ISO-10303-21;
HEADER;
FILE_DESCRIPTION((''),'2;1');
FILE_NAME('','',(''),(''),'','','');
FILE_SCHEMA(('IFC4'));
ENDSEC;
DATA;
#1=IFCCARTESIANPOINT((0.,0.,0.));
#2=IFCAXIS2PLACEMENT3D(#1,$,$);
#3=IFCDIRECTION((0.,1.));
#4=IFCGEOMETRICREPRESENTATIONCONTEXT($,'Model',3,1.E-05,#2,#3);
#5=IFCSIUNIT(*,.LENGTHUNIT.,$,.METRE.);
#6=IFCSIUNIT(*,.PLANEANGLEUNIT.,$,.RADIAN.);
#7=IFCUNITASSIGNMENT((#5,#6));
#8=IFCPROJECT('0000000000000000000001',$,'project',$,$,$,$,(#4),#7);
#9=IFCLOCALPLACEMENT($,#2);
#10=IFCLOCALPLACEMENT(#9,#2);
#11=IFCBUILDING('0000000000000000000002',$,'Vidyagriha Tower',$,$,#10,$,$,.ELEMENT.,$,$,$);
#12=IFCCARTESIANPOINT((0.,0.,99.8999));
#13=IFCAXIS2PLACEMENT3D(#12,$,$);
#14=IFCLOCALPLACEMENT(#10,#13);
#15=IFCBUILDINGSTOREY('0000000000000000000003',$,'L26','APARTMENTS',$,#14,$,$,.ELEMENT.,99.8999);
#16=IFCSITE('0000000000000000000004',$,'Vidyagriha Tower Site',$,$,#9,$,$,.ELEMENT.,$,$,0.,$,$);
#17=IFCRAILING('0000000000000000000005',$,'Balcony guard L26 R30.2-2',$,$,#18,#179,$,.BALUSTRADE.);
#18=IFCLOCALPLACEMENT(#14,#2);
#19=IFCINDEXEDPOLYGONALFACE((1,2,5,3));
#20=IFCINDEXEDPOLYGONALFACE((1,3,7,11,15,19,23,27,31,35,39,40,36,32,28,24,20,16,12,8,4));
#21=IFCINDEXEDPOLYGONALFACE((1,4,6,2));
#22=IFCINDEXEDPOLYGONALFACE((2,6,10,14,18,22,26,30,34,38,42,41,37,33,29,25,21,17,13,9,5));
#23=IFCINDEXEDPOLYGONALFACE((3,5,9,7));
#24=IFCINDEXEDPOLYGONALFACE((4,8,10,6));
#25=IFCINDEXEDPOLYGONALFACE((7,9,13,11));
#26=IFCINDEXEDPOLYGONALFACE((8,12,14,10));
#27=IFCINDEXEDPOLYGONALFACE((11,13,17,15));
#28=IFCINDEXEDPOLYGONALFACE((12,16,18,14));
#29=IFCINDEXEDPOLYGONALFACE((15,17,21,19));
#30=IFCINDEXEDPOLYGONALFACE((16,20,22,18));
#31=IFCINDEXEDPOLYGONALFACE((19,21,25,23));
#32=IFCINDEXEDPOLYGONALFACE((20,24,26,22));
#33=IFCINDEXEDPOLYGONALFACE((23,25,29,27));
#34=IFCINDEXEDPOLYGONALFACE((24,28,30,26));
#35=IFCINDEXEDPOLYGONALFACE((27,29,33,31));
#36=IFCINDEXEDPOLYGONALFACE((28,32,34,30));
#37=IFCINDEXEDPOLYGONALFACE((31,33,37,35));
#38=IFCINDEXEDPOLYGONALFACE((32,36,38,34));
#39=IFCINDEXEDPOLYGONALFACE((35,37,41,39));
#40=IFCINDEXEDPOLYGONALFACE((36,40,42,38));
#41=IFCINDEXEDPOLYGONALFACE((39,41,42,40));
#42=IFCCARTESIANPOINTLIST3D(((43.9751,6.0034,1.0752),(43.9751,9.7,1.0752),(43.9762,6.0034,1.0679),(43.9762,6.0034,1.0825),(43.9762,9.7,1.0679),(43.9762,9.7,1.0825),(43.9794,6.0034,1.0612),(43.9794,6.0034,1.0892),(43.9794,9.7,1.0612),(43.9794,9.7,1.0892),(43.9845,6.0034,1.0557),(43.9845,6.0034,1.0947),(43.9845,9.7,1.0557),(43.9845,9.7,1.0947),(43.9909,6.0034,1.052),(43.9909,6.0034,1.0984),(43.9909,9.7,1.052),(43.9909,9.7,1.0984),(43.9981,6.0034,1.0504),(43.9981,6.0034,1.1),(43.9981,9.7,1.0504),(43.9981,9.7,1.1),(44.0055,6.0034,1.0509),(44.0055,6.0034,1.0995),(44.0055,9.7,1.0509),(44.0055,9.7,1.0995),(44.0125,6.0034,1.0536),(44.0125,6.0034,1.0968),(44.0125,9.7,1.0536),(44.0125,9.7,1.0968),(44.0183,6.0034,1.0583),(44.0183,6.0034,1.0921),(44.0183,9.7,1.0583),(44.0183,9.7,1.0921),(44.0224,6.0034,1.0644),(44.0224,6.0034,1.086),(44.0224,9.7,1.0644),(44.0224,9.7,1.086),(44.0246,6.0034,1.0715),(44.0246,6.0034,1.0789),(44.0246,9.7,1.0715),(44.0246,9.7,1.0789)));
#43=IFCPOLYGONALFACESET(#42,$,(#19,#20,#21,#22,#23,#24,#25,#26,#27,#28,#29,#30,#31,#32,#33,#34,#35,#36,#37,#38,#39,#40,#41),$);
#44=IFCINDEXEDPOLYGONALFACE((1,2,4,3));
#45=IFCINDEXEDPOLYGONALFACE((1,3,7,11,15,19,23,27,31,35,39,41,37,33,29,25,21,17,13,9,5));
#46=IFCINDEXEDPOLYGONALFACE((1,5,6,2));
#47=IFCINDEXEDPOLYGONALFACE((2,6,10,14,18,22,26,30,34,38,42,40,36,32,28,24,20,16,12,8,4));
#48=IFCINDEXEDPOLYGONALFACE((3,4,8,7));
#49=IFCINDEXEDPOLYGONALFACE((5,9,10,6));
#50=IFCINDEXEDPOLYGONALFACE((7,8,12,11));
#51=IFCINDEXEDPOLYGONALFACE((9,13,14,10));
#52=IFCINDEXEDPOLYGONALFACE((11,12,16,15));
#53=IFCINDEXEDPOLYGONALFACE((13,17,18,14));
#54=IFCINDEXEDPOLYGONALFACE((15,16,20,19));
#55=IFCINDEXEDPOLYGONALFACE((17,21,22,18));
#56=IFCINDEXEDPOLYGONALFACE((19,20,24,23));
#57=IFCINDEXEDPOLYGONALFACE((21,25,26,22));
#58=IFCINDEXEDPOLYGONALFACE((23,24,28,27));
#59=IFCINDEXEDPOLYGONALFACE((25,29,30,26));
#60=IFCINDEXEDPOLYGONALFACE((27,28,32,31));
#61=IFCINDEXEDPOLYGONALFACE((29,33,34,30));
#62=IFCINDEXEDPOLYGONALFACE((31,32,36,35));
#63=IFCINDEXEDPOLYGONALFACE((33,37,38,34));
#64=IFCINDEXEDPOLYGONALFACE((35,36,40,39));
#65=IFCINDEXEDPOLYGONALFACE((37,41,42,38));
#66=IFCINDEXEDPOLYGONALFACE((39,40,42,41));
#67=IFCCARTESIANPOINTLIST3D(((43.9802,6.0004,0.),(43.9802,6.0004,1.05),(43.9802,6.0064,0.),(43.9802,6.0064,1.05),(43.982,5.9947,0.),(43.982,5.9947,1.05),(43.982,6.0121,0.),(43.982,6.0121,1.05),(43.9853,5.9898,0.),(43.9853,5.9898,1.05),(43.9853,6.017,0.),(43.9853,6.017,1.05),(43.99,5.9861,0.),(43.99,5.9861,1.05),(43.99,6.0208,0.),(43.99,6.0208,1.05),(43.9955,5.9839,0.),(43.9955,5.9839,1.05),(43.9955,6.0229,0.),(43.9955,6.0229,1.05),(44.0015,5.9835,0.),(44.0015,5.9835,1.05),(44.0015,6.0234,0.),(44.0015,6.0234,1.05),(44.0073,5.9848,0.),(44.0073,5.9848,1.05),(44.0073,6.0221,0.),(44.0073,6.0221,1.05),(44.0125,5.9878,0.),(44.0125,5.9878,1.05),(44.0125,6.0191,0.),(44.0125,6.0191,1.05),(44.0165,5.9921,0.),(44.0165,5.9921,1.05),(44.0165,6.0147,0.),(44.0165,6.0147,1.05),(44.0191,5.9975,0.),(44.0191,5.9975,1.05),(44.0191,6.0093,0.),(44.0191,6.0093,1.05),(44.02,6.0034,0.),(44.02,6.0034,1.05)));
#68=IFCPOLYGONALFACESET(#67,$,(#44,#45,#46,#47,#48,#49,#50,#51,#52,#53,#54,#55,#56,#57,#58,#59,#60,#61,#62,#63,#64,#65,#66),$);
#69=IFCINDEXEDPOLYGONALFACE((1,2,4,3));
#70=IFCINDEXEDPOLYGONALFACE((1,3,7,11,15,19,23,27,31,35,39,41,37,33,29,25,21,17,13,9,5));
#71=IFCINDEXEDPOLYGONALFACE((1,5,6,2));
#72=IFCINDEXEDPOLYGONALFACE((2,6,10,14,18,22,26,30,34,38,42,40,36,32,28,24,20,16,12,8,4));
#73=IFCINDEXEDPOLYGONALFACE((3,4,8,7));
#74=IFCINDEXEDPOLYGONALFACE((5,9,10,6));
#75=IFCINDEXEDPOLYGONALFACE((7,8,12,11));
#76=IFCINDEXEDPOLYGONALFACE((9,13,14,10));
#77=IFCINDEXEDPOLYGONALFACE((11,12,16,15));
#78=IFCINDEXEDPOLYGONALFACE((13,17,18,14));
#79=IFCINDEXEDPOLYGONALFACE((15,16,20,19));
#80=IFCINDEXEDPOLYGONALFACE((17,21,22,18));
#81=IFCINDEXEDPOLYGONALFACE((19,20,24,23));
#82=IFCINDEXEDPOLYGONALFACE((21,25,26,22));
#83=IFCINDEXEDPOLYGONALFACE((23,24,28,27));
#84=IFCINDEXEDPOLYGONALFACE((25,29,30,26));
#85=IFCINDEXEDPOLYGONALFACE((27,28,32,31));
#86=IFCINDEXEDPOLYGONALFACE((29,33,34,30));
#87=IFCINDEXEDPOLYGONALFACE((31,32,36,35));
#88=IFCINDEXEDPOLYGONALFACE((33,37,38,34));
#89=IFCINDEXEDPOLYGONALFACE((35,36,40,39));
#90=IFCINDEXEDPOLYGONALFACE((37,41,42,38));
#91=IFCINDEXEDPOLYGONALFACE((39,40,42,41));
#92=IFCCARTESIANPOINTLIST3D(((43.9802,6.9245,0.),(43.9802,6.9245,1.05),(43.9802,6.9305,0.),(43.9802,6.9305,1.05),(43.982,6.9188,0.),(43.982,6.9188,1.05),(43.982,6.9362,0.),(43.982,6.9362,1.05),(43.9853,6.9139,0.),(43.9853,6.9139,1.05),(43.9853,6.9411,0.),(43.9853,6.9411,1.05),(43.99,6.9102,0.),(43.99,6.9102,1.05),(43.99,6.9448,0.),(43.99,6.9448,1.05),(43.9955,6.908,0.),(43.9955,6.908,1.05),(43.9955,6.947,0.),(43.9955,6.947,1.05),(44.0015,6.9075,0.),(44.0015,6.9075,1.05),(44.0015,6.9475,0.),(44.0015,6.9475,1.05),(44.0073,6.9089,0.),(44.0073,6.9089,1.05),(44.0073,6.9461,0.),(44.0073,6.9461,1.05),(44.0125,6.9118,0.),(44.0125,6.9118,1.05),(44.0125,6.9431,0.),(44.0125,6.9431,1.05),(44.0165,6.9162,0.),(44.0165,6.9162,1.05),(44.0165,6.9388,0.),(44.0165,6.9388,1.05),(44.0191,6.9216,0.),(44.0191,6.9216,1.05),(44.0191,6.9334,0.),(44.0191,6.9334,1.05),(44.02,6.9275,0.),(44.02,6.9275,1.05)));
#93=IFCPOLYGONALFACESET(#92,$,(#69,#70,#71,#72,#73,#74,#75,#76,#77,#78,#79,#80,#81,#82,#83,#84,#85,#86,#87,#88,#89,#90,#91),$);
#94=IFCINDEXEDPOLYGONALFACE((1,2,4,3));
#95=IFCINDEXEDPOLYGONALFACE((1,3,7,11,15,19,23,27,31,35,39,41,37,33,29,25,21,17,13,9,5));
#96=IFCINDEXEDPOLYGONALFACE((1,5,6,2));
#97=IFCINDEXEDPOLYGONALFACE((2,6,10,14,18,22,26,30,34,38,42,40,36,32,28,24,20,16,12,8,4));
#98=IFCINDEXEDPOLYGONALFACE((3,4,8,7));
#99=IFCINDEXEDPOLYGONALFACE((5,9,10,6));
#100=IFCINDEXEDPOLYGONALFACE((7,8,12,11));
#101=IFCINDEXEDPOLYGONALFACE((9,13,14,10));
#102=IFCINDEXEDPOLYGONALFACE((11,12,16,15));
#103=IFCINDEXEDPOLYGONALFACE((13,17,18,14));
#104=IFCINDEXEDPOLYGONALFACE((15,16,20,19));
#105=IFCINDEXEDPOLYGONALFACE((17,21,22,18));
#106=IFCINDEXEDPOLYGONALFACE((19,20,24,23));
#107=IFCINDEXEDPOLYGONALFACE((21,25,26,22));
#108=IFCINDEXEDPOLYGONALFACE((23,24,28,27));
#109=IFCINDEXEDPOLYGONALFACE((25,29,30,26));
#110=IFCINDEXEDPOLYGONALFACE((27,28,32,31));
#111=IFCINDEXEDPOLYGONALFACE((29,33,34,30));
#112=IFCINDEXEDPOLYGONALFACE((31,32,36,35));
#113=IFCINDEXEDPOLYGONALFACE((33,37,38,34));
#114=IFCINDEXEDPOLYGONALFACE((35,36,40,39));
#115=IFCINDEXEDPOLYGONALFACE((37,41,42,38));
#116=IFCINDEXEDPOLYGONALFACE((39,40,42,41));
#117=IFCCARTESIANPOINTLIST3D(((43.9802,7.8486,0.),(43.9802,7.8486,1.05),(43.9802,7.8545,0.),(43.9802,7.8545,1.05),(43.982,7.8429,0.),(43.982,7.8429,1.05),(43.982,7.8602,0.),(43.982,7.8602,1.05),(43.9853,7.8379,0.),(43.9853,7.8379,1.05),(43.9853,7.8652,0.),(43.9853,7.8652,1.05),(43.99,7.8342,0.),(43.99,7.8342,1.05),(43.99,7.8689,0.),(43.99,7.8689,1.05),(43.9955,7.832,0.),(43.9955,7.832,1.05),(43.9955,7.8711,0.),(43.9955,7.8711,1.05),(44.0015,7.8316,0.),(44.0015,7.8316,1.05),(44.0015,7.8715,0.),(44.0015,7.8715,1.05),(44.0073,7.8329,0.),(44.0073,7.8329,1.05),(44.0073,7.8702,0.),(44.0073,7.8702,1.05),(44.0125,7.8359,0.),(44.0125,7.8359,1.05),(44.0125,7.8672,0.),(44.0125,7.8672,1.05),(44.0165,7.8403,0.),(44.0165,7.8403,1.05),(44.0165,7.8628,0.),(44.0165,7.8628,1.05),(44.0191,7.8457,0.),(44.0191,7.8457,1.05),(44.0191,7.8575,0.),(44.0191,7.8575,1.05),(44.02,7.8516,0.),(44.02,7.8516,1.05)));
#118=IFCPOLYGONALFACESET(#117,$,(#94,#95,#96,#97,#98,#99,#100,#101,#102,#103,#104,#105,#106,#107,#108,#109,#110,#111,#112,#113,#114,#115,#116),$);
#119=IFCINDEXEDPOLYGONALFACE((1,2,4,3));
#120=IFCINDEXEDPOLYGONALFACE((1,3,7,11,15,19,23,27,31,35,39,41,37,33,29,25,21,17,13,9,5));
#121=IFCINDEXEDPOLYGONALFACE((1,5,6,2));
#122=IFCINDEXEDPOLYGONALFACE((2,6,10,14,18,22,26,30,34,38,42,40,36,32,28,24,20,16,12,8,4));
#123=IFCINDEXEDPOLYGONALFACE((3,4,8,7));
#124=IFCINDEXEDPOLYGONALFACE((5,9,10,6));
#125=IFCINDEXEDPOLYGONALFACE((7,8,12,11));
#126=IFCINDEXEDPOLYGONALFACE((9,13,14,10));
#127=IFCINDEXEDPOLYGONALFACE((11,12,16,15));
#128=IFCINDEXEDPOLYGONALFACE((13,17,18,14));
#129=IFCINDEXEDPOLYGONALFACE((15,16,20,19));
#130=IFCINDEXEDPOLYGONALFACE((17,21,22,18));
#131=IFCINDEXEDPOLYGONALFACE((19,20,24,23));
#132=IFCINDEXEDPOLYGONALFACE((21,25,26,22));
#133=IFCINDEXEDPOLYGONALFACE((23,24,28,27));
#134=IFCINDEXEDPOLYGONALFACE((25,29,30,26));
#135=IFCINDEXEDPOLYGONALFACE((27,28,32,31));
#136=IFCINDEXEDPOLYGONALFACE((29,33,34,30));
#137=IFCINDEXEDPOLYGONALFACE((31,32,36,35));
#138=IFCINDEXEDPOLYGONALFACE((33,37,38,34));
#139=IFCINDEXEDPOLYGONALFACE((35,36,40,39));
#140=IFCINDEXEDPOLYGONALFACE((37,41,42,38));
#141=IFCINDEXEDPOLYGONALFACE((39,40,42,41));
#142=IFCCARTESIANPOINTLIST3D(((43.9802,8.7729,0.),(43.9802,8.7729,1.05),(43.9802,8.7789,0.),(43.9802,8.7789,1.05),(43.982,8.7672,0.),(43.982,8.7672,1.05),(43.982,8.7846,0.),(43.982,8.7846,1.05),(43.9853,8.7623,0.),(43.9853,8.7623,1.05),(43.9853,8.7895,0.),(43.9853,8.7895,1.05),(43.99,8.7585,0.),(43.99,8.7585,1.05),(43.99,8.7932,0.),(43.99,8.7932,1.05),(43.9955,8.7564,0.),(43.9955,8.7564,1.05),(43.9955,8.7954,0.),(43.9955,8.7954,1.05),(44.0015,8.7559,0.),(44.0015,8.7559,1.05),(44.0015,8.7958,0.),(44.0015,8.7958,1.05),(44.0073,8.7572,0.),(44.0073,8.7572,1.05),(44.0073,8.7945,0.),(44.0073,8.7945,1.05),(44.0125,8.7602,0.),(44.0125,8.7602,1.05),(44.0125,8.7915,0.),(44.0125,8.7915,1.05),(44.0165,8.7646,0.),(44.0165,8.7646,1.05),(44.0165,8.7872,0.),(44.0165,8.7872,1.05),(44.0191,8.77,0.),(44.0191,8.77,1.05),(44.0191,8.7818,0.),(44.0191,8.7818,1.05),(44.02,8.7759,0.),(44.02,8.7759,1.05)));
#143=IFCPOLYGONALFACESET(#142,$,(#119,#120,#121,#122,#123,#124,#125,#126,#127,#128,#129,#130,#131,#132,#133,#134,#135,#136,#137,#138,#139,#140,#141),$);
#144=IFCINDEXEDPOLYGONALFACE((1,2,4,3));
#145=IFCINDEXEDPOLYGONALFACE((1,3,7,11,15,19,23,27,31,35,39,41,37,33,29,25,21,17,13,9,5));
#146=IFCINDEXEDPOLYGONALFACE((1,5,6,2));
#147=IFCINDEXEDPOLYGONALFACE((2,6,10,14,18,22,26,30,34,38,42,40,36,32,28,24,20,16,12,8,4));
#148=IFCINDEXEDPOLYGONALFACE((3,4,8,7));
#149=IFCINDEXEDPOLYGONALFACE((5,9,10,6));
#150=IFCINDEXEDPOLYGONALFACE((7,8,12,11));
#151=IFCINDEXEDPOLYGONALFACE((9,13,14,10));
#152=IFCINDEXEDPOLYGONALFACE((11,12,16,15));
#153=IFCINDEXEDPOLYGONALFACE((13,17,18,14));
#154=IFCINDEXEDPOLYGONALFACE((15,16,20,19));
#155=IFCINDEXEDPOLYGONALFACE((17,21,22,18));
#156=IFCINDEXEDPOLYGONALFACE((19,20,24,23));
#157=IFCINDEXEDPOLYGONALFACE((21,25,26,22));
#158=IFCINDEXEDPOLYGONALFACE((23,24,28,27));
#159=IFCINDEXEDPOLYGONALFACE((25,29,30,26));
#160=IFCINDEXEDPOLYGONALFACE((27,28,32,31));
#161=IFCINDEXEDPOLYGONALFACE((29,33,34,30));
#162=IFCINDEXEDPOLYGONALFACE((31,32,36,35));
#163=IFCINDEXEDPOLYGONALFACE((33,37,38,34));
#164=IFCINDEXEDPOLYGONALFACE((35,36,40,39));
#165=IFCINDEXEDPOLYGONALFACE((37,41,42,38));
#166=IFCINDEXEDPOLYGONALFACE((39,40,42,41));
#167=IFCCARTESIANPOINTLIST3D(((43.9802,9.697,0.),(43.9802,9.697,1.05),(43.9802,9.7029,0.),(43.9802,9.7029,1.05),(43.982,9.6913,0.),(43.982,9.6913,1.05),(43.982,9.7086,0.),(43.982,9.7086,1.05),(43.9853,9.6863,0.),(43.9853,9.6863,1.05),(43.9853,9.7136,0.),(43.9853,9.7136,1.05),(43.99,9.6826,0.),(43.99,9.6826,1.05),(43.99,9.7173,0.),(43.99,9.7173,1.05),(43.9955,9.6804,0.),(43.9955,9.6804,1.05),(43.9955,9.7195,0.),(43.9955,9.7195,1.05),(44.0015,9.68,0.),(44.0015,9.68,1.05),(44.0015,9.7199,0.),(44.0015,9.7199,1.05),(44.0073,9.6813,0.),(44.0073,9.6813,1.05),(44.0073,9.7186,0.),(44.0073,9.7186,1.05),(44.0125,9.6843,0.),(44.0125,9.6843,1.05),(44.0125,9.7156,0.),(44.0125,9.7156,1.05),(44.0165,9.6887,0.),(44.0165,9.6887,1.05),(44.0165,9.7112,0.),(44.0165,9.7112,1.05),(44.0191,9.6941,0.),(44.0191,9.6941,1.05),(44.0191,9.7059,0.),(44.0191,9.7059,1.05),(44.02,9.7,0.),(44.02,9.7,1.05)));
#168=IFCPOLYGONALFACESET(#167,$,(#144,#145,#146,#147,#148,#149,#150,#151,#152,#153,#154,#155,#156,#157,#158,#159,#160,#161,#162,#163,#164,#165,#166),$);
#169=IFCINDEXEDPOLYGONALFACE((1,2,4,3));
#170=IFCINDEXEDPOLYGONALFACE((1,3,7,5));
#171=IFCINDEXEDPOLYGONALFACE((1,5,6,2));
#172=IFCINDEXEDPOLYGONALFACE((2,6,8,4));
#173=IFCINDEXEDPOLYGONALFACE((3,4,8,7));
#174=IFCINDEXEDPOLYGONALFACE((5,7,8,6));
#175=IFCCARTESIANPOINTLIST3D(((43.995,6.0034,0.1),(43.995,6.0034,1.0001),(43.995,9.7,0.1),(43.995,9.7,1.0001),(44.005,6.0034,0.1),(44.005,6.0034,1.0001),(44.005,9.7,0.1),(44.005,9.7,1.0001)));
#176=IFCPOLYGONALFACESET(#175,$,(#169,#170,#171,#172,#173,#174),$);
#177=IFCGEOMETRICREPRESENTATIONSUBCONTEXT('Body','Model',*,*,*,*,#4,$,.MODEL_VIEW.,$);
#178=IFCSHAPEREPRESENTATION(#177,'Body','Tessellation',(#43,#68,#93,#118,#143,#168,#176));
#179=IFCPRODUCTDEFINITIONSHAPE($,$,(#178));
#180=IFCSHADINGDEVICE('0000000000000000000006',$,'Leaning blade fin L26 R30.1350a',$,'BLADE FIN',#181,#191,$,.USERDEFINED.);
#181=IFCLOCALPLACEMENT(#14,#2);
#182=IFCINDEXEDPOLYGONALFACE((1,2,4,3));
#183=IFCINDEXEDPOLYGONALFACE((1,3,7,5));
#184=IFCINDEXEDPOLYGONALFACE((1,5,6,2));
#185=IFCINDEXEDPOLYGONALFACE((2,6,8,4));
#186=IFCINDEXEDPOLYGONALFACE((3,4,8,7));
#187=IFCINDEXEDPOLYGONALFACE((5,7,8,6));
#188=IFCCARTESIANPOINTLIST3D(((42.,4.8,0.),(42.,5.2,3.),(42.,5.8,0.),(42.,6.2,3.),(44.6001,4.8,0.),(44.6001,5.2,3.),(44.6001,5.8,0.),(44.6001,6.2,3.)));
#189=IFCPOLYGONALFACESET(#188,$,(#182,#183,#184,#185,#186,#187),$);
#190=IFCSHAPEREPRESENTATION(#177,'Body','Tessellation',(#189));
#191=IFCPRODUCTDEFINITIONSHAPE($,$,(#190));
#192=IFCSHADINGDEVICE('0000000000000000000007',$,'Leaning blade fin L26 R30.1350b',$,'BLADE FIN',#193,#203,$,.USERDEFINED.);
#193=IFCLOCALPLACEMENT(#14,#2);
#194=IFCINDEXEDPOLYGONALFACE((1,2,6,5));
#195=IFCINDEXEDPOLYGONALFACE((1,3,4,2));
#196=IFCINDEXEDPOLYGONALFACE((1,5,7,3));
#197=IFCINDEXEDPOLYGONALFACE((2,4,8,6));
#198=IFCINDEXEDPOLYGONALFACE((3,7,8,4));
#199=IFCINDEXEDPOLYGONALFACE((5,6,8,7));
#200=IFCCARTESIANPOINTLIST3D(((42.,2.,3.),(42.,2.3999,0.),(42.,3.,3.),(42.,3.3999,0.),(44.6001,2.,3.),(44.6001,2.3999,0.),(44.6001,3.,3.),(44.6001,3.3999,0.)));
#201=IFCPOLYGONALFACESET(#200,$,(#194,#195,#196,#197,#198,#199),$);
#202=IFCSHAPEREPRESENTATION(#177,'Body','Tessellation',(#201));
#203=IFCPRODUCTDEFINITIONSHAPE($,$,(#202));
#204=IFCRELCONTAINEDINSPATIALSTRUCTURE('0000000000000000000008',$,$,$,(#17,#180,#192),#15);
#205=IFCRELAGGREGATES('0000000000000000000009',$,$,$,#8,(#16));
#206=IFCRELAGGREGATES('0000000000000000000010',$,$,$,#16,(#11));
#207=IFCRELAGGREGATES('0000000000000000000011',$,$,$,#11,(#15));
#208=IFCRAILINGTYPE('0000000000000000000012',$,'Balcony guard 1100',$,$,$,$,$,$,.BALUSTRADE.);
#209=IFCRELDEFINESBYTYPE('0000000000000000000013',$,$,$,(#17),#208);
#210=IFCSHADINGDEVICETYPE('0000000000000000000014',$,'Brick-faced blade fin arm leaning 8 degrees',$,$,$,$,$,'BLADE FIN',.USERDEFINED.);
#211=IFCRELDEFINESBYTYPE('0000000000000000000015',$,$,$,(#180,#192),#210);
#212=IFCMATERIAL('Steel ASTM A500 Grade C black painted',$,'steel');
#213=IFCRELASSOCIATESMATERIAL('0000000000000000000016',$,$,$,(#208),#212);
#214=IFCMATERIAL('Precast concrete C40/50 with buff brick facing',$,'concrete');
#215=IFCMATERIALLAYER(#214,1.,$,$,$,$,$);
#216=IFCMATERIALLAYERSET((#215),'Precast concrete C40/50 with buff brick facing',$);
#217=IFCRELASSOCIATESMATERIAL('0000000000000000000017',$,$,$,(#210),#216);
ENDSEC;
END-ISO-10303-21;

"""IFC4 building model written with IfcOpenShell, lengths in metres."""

from ifc_helpers import new_model, si_unit, direction, frame, origin, origin_2d, place, context, subcontext, project, spatial, polyline, rectangle, circle, outline, extrude, material, layer, layer_set, type_object, element, save


model = new_model("IFC4")

# Units and contexts
model_context = context("Model", 3, precision=1e-05, world=origin(), true_north=direction((0.0, 1.0)))
body_context = subcontext(model_context, "Body", "Model", "MODEL_VIEW")
ifc_project = project(units=[si_unit("LENGTHUNIT", "METRE"), si_unit("PLANEANGLEUNIT", "RADIAN")], contexts=[model_context])

# Site, building, storey
site_placement = place(None, origin())
site = spatial("IfcSite", under=ifc_project, at=site_placement, Name="Vidyagriha Tower Site", CompositionType="ELEMENT", RefElevation=0.0)
building_placement = place(site_placement, origin())
building = spatial("IfcBuilding", under=site, at=building_placement, Name="Vidyagriha Tower", CompositionType="ELEMENT")
storey_placement = place(building_placement, frame((0.0, 0.0, 99.8999)))
storey = spatial("IfcBuildingStorey", under=building, at=storey_placement, Name="L26", Description="APARTMENTS", CompositionType="ELEMENT", Elevation=99.8999)

# Railing
ifc_material_1 = material(Name="Steel ASTM A500 Grade C black painted", Category="steel")
railing_type_1 = type_object("IfcRailingType", Name="Balcony guard 1100", PredefinedType="BALUSTRADE", material=ifc_material_1)
railing_1_placement = place(storey_placement, frame((44.0, 6.0034, 0.0)))
element("IfcRailing", 1, at=railing_1_placement, inside=storey, type_object=railing_type_1, Name="Balcony guard L26 R30.2-2", PredefinedType="BALUSTRADE", context=body_context, shape_type="SweptSolid", body=[
    extrude(circle(Radius=0.0249, at=origin_2d()), frame((0.0, 0.0, 1.0752), z_axis=(0.0, 1.0, 0.0), x_axis=(-1.0, 0.0, 0.0)), (0.0, 0.0, 1.0), 3.6965),
    extrude(circle(Radius=0.02, at=origin_2d()), origin(), (0.0, 0.0, 1.0), 1.05),
    extrude(circle(Radius=0.02, at=origin_2d()), frame((0.0, 0.9241, 0.0)), (0.0, 0.0, 1.0), 1.05),
    extrude(circle(Radius=0.02, at=origin_2d()), frame((0.0, 1.8481, 0.0)), (0.0, 0.0, 1.0), 1.05),
    extrude(circle(Radius=0.02, at=origin_2d()), frame((0.0, 2.7725, 0.0)), (0.0, 0.0, 1.0), 1.05),
    extrude(circle(Radius=0.02, at=origin_2d()), frame((0.0, 3.6965, 0.0)), (0.0, 0.0, 1.0), 1.05),
    extrude(rectangle(XDim=0.01, YDim=0.9001, at=origin_2d()), frame((0.0, 0.0, 0.55), z_axis=(0.0, 1.0, 0.0), x_axis=(-1.0, 0.0, 0.0)), (0.0, 0.0, 1.0), 3.6965),
])

# Shading devices
ifc_material_2 = material(Name="Precast concrete C40/50 with buff brick facing", Category="concrete")
ifc_layer_1 = layer(ifc_material_2, 1.0)
ifc_layer_set_1 = layer_set([ifc_layer_1], Name="Precast concrete C40/50 with buff brick facing")
shading_device_type_1 = type_object("IfcShadingDeviceType", Name="Brick-faced blade fin arm leaning 8 degrees", ElementType="BLADE FIN", PredefinedType="USERDEFINED", material=ifc_layer_set_1)
shading_device_1_placement = place(storey_placement, frame((43.3, 4.8, 0.0), z_axis=(0.0, 0.0, 1.0), x_axis=(0.0, 1.0, 0.0)))
element("IfcShadingDevice", 2, at=shading_device_1_placement, inside=storey, type_object=shading_device_type_1, Name="Leaning blade fin L26 R30.1350a", ObjectType="BLADE FIN", PredefinedType="USERDEFINED", context=body_context, shape_type="SweptSolid", body=[
    extrude(outline(polyline([(0.0, 0.0), (1.0, 0.0), (1.3999, 3.0), (0.3999, 3.0), (0.0, 0.0)])), frame((0.0, 1.3, 0.0), z_axis=(0.0, -1.0, 0.0), x_axis=(1.0, 0.0, 0.0)), (0.0, 0.0, 1.0), 2.6001),
])
shading_device_2_placement = place(storey_placement, frame((43.3, 2.0, 0.0), z_axis=(0.0, 0.0, 1.0), x_axis=(0.0, 1.0, 0.0)))
element("IfcShadingDevice", 3, at=shading_device_2_placement, inside=storey, type_object=shading_device_type_1, Name="Leaning blade fin L26 R30.1350b", ObjectType="BLADE FIN", PredefinedType="USERDEFINED", context=body_context, shape_type="SweptSolid", body=[
    extrude(outline(polyline([(0.3999, 0.0), (1.3999, 0.0), (1.0, 3.0), (0.0, 3.0), (0.3999, 0.0)])), frame((0.0, 1.3, 0.0), z_axis=(0.0, -1.0, 0.0), x_axis=(1.0, 0.0, 0.0)), (0.0, 0.0, 1.0), 2.6001),
])

save(model, "model.ifc")
